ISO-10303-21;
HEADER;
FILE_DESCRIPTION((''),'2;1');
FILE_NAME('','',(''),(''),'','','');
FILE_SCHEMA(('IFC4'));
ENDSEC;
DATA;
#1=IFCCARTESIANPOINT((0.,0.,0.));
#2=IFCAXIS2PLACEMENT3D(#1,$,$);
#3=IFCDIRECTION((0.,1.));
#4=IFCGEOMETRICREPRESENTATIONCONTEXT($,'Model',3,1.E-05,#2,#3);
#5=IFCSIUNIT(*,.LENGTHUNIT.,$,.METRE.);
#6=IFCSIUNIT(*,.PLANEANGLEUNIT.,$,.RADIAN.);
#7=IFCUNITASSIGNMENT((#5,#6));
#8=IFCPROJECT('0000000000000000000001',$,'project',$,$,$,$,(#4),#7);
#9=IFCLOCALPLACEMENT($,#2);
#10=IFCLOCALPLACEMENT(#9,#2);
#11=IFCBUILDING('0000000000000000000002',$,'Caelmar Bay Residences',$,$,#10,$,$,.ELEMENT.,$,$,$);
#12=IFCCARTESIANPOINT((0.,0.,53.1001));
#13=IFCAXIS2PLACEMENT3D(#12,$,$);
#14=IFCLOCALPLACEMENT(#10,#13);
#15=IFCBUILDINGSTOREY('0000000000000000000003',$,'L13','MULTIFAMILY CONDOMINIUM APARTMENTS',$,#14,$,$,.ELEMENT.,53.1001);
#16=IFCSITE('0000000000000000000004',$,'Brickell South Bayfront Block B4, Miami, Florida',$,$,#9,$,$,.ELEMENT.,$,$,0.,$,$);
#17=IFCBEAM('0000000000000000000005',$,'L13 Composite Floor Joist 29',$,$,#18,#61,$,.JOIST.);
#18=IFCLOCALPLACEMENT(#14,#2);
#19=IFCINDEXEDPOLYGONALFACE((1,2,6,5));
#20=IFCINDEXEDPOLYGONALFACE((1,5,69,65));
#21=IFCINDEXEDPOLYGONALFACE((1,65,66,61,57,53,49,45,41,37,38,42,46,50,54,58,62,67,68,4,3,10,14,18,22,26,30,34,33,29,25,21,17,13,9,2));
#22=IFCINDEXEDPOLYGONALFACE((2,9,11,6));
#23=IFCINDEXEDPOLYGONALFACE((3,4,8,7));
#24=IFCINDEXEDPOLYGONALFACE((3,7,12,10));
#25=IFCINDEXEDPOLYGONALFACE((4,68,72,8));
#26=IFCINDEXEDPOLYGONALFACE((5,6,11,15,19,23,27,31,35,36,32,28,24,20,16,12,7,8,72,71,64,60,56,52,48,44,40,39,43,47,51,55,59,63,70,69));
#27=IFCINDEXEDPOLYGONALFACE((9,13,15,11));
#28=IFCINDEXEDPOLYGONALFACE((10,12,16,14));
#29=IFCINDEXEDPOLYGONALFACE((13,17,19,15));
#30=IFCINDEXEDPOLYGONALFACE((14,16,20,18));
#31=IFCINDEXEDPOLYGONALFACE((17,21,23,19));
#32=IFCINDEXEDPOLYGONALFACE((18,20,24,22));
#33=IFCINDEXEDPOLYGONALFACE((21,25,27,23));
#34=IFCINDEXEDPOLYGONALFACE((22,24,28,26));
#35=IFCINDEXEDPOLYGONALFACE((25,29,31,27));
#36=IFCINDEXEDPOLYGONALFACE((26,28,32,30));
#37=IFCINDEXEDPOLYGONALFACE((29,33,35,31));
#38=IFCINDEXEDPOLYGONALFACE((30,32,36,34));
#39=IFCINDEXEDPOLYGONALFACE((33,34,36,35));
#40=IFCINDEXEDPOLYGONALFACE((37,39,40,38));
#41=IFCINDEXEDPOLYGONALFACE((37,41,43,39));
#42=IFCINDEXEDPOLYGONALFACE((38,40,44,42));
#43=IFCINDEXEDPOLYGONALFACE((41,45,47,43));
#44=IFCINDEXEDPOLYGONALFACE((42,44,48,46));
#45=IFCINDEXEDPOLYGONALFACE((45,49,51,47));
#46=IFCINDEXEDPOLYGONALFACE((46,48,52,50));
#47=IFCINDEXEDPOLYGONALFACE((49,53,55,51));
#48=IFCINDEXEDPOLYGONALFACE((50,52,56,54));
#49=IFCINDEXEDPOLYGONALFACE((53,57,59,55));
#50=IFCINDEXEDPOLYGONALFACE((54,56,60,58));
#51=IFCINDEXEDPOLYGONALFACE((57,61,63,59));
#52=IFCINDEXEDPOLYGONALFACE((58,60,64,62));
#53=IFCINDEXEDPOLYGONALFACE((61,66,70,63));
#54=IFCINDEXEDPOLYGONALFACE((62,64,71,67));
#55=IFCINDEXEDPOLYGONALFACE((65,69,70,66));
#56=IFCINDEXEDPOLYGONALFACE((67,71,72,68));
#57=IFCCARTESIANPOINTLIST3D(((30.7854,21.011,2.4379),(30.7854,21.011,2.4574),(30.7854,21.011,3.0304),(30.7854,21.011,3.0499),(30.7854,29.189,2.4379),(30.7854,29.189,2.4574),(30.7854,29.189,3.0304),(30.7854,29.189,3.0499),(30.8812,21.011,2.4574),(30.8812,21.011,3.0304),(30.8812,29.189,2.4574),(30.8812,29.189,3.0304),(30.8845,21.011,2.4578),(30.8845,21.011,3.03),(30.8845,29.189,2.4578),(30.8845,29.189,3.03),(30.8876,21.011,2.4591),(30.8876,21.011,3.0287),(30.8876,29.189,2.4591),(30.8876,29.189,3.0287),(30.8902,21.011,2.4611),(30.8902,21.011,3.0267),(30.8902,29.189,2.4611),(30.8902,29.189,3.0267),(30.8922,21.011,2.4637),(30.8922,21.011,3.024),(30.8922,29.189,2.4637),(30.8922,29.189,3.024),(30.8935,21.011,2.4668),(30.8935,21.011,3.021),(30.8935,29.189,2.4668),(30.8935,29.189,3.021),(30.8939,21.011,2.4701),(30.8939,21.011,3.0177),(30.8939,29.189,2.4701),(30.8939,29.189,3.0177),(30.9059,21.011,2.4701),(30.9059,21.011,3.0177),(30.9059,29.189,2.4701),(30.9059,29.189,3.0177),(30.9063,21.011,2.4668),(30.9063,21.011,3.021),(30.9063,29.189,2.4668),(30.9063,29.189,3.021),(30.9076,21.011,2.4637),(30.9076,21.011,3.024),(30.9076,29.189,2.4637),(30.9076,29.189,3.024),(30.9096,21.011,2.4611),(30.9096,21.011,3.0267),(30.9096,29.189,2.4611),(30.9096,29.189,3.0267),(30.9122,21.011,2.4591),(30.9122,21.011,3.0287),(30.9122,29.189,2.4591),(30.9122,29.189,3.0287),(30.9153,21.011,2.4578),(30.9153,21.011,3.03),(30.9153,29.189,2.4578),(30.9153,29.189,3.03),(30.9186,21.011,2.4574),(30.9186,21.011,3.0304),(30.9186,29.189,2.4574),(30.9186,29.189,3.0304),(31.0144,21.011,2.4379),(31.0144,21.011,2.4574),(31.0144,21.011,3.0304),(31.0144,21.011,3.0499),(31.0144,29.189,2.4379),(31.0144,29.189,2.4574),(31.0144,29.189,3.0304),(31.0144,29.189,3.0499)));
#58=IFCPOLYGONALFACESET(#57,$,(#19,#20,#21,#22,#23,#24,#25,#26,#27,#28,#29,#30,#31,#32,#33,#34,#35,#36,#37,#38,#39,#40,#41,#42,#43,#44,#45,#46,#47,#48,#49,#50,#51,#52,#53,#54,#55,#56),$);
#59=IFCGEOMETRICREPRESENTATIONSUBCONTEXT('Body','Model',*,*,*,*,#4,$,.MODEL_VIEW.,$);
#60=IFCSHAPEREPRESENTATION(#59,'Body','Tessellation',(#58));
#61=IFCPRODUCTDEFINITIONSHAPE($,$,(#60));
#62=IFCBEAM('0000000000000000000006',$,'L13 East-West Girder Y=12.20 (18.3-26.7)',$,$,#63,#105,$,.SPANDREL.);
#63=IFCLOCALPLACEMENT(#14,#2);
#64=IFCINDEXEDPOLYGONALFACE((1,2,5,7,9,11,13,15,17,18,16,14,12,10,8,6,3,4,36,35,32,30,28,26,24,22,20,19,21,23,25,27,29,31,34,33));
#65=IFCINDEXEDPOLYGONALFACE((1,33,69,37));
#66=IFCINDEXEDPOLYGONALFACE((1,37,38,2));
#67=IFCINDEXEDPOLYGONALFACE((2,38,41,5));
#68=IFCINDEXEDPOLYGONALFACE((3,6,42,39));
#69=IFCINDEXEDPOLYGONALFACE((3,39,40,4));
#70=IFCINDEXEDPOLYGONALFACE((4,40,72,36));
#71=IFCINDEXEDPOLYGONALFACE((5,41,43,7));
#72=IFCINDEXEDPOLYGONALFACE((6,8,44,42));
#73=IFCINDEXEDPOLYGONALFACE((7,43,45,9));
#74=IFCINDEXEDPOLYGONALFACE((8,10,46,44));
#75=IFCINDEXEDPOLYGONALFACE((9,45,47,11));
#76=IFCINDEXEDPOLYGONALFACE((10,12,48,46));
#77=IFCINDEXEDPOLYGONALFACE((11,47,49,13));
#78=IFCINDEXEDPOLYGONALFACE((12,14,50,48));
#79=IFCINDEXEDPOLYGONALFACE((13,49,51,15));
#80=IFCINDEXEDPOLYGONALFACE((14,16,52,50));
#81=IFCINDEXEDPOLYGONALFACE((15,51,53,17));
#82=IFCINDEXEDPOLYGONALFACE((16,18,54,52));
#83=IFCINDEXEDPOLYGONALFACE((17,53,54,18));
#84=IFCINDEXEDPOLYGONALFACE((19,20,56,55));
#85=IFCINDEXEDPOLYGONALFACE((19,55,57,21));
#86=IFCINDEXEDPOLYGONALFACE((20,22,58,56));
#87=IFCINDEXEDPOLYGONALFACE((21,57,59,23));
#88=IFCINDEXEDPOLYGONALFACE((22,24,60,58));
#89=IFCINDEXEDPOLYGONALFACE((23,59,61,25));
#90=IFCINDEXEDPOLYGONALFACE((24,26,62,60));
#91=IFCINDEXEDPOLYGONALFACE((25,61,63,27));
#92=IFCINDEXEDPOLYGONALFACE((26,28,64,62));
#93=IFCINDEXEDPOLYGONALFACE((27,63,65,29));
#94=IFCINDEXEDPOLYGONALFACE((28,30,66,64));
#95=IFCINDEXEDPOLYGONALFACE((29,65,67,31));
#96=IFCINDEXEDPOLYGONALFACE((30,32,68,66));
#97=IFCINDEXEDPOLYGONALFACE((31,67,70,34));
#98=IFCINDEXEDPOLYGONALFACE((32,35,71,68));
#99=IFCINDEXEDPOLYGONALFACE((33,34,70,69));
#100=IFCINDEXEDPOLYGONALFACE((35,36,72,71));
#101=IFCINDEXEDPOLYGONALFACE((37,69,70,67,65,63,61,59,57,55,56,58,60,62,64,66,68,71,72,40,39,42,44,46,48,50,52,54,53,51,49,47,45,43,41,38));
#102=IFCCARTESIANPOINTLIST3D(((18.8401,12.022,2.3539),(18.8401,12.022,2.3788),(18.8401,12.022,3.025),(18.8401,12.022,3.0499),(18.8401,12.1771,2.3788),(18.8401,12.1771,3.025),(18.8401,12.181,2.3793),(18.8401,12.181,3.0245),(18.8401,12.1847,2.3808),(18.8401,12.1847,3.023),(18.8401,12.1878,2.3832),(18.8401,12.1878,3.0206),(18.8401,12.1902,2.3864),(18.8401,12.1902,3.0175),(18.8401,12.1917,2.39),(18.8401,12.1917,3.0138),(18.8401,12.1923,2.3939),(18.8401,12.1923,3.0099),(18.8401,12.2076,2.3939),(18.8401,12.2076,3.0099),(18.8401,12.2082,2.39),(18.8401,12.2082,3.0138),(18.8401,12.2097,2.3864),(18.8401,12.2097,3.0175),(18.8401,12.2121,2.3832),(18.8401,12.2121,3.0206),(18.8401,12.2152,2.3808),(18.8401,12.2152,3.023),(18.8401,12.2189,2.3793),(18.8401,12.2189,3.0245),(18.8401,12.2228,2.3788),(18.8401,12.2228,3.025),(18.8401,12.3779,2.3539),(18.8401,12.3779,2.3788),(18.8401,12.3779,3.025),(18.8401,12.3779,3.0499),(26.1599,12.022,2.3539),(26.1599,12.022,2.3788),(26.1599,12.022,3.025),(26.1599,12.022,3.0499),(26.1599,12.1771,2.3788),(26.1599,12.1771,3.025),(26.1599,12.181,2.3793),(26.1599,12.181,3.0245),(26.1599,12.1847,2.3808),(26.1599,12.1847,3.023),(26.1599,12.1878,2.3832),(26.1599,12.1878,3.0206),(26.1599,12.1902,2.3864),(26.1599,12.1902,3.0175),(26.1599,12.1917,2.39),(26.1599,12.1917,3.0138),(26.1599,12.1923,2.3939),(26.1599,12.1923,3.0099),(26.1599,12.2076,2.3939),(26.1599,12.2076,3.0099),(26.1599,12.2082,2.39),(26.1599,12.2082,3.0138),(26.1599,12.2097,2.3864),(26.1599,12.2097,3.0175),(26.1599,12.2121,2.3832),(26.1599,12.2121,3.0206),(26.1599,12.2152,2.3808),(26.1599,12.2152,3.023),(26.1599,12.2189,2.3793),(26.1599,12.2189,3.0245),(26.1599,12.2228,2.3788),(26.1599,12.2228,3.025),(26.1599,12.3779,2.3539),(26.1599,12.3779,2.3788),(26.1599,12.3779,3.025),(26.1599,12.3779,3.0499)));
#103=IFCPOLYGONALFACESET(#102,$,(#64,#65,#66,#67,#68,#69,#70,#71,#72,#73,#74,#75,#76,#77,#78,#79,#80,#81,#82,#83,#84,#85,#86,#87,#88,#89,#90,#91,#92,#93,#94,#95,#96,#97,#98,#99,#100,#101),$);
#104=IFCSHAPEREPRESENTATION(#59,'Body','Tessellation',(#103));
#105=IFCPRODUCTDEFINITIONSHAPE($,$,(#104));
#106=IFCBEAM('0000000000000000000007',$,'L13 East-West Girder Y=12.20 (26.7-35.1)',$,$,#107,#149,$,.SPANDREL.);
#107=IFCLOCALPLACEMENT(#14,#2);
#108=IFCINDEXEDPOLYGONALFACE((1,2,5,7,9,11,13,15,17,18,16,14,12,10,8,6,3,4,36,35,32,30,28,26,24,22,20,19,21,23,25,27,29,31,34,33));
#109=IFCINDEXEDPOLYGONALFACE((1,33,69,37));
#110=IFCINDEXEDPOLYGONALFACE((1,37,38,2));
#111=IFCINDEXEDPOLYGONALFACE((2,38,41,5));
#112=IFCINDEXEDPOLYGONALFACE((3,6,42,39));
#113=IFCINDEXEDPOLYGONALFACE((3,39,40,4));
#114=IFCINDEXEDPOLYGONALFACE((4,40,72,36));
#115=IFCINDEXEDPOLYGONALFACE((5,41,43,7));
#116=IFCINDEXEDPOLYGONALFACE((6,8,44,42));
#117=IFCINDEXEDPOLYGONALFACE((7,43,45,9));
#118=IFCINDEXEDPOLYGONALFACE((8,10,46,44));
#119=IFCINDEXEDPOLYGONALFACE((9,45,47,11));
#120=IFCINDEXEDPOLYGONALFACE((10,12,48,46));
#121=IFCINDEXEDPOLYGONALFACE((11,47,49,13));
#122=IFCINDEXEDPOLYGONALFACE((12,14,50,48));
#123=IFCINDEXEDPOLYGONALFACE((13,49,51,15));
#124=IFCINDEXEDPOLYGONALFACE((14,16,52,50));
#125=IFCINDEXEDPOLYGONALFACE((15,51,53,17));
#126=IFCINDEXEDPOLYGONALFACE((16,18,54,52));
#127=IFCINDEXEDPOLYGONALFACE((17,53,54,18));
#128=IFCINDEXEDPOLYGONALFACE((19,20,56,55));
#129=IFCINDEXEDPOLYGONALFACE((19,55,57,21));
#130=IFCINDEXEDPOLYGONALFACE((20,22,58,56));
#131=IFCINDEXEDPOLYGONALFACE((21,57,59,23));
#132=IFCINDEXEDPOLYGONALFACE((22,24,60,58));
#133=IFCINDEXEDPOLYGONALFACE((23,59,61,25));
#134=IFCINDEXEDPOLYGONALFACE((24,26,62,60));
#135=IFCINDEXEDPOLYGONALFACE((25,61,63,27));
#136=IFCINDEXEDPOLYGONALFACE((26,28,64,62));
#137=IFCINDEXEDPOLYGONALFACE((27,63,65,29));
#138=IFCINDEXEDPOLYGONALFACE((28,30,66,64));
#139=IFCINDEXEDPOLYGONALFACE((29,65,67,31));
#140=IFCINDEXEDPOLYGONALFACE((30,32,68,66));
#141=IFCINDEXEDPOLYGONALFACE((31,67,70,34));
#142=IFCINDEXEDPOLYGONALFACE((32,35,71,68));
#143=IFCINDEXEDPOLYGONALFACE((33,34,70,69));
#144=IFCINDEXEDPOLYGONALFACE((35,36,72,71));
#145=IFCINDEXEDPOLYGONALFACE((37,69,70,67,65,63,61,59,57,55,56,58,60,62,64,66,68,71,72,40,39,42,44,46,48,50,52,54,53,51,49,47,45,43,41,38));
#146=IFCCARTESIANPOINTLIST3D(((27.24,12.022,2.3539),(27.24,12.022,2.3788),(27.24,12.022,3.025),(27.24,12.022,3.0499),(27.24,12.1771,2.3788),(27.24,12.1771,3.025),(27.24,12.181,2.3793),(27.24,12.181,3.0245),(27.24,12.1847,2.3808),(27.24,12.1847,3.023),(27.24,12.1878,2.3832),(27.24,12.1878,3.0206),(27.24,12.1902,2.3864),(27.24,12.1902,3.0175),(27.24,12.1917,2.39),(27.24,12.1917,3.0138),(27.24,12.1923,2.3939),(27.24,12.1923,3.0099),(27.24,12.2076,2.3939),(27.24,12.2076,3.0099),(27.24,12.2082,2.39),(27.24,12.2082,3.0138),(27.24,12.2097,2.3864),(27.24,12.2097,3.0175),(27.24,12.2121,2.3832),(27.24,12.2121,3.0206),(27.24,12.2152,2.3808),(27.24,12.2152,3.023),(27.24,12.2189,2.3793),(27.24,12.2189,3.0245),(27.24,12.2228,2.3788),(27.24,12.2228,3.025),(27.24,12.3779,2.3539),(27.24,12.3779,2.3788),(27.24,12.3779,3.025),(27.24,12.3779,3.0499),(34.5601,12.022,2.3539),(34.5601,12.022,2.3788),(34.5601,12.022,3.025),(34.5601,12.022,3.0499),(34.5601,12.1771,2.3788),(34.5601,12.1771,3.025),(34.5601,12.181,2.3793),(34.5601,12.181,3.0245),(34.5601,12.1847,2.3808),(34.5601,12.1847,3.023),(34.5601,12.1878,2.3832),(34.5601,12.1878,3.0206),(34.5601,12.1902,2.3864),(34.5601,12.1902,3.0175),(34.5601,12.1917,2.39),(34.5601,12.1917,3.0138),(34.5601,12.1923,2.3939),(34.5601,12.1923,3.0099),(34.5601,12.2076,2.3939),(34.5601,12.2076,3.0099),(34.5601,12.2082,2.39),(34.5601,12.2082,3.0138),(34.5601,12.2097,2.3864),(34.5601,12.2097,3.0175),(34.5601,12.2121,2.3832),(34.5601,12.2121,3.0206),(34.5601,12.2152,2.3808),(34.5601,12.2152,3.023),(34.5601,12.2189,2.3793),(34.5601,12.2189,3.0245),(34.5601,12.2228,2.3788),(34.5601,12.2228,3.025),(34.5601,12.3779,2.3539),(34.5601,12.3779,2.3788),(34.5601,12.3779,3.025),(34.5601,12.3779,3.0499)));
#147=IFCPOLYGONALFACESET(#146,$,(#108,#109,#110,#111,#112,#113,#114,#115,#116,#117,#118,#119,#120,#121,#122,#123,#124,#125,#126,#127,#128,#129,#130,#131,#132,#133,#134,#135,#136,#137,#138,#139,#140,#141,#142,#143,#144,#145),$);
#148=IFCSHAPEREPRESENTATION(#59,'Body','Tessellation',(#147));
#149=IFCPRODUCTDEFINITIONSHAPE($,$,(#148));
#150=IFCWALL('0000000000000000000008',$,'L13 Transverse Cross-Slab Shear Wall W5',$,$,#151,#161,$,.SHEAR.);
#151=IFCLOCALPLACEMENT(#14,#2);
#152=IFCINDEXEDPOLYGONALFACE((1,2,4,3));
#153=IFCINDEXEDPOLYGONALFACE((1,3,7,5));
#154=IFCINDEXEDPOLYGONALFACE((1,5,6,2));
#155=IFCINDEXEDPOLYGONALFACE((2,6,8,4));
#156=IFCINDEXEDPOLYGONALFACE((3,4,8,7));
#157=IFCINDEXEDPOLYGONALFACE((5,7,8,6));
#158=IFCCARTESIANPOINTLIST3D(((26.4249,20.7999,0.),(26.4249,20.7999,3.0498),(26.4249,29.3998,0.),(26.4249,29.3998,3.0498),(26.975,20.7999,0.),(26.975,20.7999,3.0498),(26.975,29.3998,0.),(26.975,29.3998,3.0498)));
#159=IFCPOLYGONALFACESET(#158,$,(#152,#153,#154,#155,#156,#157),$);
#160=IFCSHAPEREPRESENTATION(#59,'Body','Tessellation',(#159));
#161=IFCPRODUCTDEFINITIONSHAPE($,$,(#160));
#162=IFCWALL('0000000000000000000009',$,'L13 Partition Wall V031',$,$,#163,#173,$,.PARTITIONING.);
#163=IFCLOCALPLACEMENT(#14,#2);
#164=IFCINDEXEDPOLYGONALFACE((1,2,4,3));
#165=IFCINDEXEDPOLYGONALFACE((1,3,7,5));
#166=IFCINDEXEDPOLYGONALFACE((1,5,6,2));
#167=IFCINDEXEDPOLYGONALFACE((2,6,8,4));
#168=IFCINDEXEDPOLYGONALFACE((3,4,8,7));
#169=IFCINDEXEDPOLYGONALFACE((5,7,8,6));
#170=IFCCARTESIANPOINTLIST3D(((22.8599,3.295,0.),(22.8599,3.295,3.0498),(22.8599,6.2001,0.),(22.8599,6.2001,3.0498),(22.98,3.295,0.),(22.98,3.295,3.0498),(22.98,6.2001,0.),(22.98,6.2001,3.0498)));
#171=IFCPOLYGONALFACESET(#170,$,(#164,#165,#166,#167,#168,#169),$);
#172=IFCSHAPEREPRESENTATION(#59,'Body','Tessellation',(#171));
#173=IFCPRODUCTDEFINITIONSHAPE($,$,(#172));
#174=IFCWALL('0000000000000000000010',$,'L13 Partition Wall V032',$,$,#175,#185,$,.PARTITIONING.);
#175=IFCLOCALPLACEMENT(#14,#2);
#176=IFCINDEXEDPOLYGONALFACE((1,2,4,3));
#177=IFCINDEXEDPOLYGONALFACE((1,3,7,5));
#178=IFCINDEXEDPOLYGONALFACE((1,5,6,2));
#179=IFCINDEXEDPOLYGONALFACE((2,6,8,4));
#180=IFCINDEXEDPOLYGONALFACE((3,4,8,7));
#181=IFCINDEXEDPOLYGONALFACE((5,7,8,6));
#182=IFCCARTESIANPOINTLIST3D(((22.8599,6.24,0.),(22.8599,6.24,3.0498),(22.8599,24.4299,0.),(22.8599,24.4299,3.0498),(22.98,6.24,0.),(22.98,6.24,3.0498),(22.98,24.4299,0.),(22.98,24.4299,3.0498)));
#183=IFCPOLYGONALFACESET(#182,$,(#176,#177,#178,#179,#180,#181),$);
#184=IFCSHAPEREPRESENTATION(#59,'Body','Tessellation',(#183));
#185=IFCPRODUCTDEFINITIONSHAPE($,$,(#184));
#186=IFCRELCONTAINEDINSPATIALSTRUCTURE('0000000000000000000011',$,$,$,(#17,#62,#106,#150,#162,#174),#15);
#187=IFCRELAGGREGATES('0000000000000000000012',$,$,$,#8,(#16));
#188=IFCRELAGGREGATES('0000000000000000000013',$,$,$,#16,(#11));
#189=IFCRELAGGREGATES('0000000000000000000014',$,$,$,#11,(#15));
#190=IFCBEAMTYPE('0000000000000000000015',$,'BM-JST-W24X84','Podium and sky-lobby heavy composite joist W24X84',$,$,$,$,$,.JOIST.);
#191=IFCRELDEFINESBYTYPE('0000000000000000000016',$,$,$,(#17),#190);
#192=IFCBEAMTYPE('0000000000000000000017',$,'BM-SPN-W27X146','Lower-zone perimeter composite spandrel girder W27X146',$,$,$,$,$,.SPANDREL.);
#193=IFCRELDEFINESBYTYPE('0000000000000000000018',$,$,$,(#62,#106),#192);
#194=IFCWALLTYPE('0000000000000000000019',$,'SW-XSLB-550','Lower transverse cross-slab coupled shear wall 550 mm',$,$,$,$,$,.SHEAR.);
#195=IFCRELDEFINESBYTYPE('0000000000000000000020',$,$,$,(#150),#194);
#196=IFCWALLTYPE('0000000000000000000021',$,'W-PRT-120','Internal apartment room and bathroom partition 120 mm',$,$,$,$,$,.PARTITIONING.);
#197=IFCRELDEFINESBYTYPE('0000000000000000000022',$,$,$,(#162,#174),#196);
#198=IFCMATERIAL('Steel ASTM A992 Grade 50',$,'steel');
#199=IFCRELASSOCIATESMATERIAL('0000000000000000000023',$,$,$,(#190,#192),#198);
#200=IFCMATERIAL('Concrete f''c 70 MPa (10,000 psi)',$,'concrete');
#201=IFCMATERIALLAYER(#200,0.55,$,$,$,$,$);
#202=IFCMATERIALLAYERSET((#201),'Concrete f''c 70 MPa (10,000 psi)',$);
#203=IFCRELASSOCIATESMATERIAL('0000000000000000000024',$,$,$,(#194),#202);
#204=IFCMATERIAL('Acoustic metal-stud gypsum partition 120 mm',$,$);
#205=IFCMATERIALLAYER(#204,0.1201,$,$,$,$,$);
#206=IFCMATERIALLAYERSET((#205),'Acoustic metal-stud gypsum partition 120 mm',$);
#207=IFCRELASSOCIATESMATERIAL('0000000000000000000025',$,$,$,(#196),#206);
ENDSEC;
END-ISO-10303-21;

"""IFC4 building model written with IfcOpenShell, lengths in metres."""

from ifc_helpers import new_model, si_unit, direction, frame, frame_2d, origin, origin_2d, place, context, subcontext, project, spatial, rectangle, i_section, extrude, material, layer, layer_set, material_profile, profile_set, type_object, element, save


model = new_model("IFC4")

# Units and contexts
model_context = context("Model", 3, precision=1e-05, world=origin(), true_north=direction((0.0, 1.0)))
body_context = subcontext(model_context, "Body", "Model", "MODEL_VIEW")
ifc_project = project(units=[si_unit("LENGTHUNIT", "METRE"), si_unit("PLANEANGLEUNIT", "RADIAN")], contexts=[model_context])

# Site, building, storey
site_placement = place(None, origin())
site = spatial("IfcSite", under=ifc_project, at=site_placement, Name="Brickell South Bayfront Block B4, Miami, Florida", CompositionType="ELEMENT", RefElevation=0.0)
building_placement = place(site_placement, origin())
building = spatial("IfcBuilding", under=site, at=building_placement, Name="Caelmar Bay Residences", CompositionType="ELEMENT")
storey_placement = place(building_placement, frame((0.0, 0.0, 53.1001)))
storey = spatial("IfcBuildingStorey", under=building, at=storey_placement, Name="L13", Description="MULTIFAMILY CONDOMINIUM APARTMENTS", CompositionType="ELEMENT", Elevation=53.1001)

# Shared definitions
ifc_material_1 = material(Name="Concrete f'c 70 MPa (10,000 psi)", Category="concrete")

# Beams
ifc_material_2 = material(Name="Steel ASTM A992 Grade 50", Category="steel")
ifc_material_profile_1 = material_profile(ifc_material_2, i_section(OverallWidth=0.229, OverallDepth=0.6121, WebThickness=0.012, FlangeThickness=0.0195, FilletRadius=0.0127, at=origin_2d()), Name="W24X84")
ifc_profile_set_1 = profile_set([ifc_material_profile_1], Name="Steel ASTM A992 Grade 50")
beam_type_1 = type_object("IfcBeamType", Name="BM-JST-W24X84", Description="Podium and sky-lobby heavy composite joist W24X84", PredefinedType="JOIST", material=ifc_profile_set_1)
for number, where, z_axis, x_axis, name in (
    (1, (30.8999, 21.011, 2.7439), (0.0, 1.0, 0.0), (-1.0, 0.0, 0.0), "L13 Composite Floor Joist 29"),
):
    element("IfcBeam", number, at=place(storey_placement, frame(where, z_axis=z_axis, x_axis=x_axis)), inside=storey, type_object=beam_type_1, Name=name, PredefinedType="JOIST", context=body_context, shape_type="SweptSolid", body=[
        extrude(i_section(OverallWidth=0.229, OverallDepth=0.6121, WebThickness=0.012, FlangeThickness=0.0195, FilletRadius=0.0127, at=origin_2d()), origin(), (0.0, 0.0, 1.0), 8.178),
    ])
ifc_material_profile_2 = material_profile(ifc_material_2, i_section(OverallWidth=0.356, OverallDepth=0.696, WebThickness=0.0154, FlangeThickness=0.0249, FilletRadius=0.0151, at=origin_2d()), Name="W27X146")
ifc_profile_set_2 = profile_set([ifc_material_profile_2], Name="Steel ASTM A992 Grade 50")
beam_type_2 = type_object("IfcBeamType", Name="BM-SPN-W27X146", Description="Lower-zone perimeter composite spandrel girder W27X146", PredefinedType="SPANDREL", material=ifc_profile_set_2)
beam_1_placement = place(storey_placement, frame((18.8401, 12.2, 2.7019), z_axis=(1.0, 0.0, 0.0), x_axis=(0.0, 1.0, 0.0)))
element("IfcBeam", 2, at=beam_1_placement, inside=storey, type_object=beam_type_2, Name="L13 East-West Girder Y=12.20 (18.3-26.7)", PredefinedType="SPANDREL", context=body_context, shape_type="SweptSolid", body=[
    extrude(i_section(OverallWidth=0.356, OverallDepth=0.696, WebThickness=0.0154, FlangeThickness=0.0249, FilletRadius=0.0151, at=origin_2d()), origin(), (0.0, 0.0, 1.0), 7.3198),
])
beam_2_placement = place(storey_placement, frame((27.24, 12.2, 2.7019), z_axis=(1.0, 0.0, 0.0), x_axis=(0.0, 1.0, 0.0)))
element("IfcBeam", 3, at=beam_2_placement, inside=storey, type_object=beam_type_2, Name="L13 East-West Girder Y=12.20 (26.7-35.1)", PredefinedType="SPANDREL", context=body_context, shape_type="SweptSolid", body=[
    extrude(i_section(OverallWidth=0.356, OverallDepth=0.696, WebThickness=0.0154, FlangeThickness=0.0249, FilletRadius=0.0151, at=origin_2d()), origin(), (0.0, 0.0, 1.0), 7.3201),
])

# Walls
ifc_layer_1 = layer(ifc_material_1, 0.55)
ifc_layer_set_1 = layer_set([ifc_layer_1], Name="Concrete f'c 70 MPa (10,000 psi)")
wall_type_1 = type_object("IfcWallType", Name="SW-XSLB-550", Description="Lower transverse cross-slab coupled shear wall 550 mm", PredefinedType="SHEAR", material=ifc_layer_set_1)
wall_1_placement = place(storey_placement, frame((26.7, 20.8, 0.0), z_axis=(0.0, 0.0, 1.0), x_axis=(0.0, 1.0, 0.0)))
element("IfcWall", 4, at=wall_1_placement, inside=storey, type_object=wall_type_1, Name="L13 Transverse Cross-Slab Shear Wall W5", PredefinedType="SHEAR", context=body_context, shape_type="SweptSolid", body=[
    extrude(rectangle(XDim=8.5999, YDim=0.55, at=frame_2d((4.2998, 0.0))), origin(), (0.0, 0.0, 1.0), 3.0498),
])
ifc_material_3 = material(Name="Acoustic metal-stud gypsum partition 120 mm")
ifc_layer_2 = layer(ifc_material_3, 0.1201)
ifc_layer_set_2 = layer_set([ifc_layer_2], Name="Acoustic metal-stud gypsum partition 120 mm")
wall_type_2 = type_object("IfcWallType", Name="W-PRT-120", Description="Internal apartment room and bathroom partition 120 mm", PredefinedType="PARTITIONING", material=ifc_layer_set_2)
wall_2_placement = place(storey_placement, frame((22.9199, 3.2949, 0.0), z_axis=(0.0, 0.0, 1.0), x_axis=(0.0, 1.0, 0.0)))
element("IfcWall", 5, at=wall_2_placement, inside=storey, type_object=wall_type_2, Name="L13 Partition Wall V031", PredefinedType="PARTITIONING", context=body_context, shape_type="SweptSolid", body=[
    extrude(rectangle(XDim=2.905, YDim=0.1201, at=frame_2d((1.4526, 0.0))), origin(), (0.0, 0.0, 1.0), 3.0498),
])
wall_3_placement = place(storey_placement, frame((22.9199, 6.24, 0.0), z_axis=(0.0, 0.0, 1.0), x_axis=(0.0, 1.0, 0.0)))
element("IfcWall", 6, at=wall_3_placement, inside=storey, type_object=wall_type_2, Name="L13 Partition Wall V032", PredefinedType="PARTITIONING", context=body_context, shape_type="SweptSolid", body=[
    extrude(rectangle(XDim=18.1899, YDim=0.1201, at=frame_2d((9.095, 0.0))), origin(), (0.0, 0.0, 1.0), 3.0498),
])

save(model, "model.ifc")
